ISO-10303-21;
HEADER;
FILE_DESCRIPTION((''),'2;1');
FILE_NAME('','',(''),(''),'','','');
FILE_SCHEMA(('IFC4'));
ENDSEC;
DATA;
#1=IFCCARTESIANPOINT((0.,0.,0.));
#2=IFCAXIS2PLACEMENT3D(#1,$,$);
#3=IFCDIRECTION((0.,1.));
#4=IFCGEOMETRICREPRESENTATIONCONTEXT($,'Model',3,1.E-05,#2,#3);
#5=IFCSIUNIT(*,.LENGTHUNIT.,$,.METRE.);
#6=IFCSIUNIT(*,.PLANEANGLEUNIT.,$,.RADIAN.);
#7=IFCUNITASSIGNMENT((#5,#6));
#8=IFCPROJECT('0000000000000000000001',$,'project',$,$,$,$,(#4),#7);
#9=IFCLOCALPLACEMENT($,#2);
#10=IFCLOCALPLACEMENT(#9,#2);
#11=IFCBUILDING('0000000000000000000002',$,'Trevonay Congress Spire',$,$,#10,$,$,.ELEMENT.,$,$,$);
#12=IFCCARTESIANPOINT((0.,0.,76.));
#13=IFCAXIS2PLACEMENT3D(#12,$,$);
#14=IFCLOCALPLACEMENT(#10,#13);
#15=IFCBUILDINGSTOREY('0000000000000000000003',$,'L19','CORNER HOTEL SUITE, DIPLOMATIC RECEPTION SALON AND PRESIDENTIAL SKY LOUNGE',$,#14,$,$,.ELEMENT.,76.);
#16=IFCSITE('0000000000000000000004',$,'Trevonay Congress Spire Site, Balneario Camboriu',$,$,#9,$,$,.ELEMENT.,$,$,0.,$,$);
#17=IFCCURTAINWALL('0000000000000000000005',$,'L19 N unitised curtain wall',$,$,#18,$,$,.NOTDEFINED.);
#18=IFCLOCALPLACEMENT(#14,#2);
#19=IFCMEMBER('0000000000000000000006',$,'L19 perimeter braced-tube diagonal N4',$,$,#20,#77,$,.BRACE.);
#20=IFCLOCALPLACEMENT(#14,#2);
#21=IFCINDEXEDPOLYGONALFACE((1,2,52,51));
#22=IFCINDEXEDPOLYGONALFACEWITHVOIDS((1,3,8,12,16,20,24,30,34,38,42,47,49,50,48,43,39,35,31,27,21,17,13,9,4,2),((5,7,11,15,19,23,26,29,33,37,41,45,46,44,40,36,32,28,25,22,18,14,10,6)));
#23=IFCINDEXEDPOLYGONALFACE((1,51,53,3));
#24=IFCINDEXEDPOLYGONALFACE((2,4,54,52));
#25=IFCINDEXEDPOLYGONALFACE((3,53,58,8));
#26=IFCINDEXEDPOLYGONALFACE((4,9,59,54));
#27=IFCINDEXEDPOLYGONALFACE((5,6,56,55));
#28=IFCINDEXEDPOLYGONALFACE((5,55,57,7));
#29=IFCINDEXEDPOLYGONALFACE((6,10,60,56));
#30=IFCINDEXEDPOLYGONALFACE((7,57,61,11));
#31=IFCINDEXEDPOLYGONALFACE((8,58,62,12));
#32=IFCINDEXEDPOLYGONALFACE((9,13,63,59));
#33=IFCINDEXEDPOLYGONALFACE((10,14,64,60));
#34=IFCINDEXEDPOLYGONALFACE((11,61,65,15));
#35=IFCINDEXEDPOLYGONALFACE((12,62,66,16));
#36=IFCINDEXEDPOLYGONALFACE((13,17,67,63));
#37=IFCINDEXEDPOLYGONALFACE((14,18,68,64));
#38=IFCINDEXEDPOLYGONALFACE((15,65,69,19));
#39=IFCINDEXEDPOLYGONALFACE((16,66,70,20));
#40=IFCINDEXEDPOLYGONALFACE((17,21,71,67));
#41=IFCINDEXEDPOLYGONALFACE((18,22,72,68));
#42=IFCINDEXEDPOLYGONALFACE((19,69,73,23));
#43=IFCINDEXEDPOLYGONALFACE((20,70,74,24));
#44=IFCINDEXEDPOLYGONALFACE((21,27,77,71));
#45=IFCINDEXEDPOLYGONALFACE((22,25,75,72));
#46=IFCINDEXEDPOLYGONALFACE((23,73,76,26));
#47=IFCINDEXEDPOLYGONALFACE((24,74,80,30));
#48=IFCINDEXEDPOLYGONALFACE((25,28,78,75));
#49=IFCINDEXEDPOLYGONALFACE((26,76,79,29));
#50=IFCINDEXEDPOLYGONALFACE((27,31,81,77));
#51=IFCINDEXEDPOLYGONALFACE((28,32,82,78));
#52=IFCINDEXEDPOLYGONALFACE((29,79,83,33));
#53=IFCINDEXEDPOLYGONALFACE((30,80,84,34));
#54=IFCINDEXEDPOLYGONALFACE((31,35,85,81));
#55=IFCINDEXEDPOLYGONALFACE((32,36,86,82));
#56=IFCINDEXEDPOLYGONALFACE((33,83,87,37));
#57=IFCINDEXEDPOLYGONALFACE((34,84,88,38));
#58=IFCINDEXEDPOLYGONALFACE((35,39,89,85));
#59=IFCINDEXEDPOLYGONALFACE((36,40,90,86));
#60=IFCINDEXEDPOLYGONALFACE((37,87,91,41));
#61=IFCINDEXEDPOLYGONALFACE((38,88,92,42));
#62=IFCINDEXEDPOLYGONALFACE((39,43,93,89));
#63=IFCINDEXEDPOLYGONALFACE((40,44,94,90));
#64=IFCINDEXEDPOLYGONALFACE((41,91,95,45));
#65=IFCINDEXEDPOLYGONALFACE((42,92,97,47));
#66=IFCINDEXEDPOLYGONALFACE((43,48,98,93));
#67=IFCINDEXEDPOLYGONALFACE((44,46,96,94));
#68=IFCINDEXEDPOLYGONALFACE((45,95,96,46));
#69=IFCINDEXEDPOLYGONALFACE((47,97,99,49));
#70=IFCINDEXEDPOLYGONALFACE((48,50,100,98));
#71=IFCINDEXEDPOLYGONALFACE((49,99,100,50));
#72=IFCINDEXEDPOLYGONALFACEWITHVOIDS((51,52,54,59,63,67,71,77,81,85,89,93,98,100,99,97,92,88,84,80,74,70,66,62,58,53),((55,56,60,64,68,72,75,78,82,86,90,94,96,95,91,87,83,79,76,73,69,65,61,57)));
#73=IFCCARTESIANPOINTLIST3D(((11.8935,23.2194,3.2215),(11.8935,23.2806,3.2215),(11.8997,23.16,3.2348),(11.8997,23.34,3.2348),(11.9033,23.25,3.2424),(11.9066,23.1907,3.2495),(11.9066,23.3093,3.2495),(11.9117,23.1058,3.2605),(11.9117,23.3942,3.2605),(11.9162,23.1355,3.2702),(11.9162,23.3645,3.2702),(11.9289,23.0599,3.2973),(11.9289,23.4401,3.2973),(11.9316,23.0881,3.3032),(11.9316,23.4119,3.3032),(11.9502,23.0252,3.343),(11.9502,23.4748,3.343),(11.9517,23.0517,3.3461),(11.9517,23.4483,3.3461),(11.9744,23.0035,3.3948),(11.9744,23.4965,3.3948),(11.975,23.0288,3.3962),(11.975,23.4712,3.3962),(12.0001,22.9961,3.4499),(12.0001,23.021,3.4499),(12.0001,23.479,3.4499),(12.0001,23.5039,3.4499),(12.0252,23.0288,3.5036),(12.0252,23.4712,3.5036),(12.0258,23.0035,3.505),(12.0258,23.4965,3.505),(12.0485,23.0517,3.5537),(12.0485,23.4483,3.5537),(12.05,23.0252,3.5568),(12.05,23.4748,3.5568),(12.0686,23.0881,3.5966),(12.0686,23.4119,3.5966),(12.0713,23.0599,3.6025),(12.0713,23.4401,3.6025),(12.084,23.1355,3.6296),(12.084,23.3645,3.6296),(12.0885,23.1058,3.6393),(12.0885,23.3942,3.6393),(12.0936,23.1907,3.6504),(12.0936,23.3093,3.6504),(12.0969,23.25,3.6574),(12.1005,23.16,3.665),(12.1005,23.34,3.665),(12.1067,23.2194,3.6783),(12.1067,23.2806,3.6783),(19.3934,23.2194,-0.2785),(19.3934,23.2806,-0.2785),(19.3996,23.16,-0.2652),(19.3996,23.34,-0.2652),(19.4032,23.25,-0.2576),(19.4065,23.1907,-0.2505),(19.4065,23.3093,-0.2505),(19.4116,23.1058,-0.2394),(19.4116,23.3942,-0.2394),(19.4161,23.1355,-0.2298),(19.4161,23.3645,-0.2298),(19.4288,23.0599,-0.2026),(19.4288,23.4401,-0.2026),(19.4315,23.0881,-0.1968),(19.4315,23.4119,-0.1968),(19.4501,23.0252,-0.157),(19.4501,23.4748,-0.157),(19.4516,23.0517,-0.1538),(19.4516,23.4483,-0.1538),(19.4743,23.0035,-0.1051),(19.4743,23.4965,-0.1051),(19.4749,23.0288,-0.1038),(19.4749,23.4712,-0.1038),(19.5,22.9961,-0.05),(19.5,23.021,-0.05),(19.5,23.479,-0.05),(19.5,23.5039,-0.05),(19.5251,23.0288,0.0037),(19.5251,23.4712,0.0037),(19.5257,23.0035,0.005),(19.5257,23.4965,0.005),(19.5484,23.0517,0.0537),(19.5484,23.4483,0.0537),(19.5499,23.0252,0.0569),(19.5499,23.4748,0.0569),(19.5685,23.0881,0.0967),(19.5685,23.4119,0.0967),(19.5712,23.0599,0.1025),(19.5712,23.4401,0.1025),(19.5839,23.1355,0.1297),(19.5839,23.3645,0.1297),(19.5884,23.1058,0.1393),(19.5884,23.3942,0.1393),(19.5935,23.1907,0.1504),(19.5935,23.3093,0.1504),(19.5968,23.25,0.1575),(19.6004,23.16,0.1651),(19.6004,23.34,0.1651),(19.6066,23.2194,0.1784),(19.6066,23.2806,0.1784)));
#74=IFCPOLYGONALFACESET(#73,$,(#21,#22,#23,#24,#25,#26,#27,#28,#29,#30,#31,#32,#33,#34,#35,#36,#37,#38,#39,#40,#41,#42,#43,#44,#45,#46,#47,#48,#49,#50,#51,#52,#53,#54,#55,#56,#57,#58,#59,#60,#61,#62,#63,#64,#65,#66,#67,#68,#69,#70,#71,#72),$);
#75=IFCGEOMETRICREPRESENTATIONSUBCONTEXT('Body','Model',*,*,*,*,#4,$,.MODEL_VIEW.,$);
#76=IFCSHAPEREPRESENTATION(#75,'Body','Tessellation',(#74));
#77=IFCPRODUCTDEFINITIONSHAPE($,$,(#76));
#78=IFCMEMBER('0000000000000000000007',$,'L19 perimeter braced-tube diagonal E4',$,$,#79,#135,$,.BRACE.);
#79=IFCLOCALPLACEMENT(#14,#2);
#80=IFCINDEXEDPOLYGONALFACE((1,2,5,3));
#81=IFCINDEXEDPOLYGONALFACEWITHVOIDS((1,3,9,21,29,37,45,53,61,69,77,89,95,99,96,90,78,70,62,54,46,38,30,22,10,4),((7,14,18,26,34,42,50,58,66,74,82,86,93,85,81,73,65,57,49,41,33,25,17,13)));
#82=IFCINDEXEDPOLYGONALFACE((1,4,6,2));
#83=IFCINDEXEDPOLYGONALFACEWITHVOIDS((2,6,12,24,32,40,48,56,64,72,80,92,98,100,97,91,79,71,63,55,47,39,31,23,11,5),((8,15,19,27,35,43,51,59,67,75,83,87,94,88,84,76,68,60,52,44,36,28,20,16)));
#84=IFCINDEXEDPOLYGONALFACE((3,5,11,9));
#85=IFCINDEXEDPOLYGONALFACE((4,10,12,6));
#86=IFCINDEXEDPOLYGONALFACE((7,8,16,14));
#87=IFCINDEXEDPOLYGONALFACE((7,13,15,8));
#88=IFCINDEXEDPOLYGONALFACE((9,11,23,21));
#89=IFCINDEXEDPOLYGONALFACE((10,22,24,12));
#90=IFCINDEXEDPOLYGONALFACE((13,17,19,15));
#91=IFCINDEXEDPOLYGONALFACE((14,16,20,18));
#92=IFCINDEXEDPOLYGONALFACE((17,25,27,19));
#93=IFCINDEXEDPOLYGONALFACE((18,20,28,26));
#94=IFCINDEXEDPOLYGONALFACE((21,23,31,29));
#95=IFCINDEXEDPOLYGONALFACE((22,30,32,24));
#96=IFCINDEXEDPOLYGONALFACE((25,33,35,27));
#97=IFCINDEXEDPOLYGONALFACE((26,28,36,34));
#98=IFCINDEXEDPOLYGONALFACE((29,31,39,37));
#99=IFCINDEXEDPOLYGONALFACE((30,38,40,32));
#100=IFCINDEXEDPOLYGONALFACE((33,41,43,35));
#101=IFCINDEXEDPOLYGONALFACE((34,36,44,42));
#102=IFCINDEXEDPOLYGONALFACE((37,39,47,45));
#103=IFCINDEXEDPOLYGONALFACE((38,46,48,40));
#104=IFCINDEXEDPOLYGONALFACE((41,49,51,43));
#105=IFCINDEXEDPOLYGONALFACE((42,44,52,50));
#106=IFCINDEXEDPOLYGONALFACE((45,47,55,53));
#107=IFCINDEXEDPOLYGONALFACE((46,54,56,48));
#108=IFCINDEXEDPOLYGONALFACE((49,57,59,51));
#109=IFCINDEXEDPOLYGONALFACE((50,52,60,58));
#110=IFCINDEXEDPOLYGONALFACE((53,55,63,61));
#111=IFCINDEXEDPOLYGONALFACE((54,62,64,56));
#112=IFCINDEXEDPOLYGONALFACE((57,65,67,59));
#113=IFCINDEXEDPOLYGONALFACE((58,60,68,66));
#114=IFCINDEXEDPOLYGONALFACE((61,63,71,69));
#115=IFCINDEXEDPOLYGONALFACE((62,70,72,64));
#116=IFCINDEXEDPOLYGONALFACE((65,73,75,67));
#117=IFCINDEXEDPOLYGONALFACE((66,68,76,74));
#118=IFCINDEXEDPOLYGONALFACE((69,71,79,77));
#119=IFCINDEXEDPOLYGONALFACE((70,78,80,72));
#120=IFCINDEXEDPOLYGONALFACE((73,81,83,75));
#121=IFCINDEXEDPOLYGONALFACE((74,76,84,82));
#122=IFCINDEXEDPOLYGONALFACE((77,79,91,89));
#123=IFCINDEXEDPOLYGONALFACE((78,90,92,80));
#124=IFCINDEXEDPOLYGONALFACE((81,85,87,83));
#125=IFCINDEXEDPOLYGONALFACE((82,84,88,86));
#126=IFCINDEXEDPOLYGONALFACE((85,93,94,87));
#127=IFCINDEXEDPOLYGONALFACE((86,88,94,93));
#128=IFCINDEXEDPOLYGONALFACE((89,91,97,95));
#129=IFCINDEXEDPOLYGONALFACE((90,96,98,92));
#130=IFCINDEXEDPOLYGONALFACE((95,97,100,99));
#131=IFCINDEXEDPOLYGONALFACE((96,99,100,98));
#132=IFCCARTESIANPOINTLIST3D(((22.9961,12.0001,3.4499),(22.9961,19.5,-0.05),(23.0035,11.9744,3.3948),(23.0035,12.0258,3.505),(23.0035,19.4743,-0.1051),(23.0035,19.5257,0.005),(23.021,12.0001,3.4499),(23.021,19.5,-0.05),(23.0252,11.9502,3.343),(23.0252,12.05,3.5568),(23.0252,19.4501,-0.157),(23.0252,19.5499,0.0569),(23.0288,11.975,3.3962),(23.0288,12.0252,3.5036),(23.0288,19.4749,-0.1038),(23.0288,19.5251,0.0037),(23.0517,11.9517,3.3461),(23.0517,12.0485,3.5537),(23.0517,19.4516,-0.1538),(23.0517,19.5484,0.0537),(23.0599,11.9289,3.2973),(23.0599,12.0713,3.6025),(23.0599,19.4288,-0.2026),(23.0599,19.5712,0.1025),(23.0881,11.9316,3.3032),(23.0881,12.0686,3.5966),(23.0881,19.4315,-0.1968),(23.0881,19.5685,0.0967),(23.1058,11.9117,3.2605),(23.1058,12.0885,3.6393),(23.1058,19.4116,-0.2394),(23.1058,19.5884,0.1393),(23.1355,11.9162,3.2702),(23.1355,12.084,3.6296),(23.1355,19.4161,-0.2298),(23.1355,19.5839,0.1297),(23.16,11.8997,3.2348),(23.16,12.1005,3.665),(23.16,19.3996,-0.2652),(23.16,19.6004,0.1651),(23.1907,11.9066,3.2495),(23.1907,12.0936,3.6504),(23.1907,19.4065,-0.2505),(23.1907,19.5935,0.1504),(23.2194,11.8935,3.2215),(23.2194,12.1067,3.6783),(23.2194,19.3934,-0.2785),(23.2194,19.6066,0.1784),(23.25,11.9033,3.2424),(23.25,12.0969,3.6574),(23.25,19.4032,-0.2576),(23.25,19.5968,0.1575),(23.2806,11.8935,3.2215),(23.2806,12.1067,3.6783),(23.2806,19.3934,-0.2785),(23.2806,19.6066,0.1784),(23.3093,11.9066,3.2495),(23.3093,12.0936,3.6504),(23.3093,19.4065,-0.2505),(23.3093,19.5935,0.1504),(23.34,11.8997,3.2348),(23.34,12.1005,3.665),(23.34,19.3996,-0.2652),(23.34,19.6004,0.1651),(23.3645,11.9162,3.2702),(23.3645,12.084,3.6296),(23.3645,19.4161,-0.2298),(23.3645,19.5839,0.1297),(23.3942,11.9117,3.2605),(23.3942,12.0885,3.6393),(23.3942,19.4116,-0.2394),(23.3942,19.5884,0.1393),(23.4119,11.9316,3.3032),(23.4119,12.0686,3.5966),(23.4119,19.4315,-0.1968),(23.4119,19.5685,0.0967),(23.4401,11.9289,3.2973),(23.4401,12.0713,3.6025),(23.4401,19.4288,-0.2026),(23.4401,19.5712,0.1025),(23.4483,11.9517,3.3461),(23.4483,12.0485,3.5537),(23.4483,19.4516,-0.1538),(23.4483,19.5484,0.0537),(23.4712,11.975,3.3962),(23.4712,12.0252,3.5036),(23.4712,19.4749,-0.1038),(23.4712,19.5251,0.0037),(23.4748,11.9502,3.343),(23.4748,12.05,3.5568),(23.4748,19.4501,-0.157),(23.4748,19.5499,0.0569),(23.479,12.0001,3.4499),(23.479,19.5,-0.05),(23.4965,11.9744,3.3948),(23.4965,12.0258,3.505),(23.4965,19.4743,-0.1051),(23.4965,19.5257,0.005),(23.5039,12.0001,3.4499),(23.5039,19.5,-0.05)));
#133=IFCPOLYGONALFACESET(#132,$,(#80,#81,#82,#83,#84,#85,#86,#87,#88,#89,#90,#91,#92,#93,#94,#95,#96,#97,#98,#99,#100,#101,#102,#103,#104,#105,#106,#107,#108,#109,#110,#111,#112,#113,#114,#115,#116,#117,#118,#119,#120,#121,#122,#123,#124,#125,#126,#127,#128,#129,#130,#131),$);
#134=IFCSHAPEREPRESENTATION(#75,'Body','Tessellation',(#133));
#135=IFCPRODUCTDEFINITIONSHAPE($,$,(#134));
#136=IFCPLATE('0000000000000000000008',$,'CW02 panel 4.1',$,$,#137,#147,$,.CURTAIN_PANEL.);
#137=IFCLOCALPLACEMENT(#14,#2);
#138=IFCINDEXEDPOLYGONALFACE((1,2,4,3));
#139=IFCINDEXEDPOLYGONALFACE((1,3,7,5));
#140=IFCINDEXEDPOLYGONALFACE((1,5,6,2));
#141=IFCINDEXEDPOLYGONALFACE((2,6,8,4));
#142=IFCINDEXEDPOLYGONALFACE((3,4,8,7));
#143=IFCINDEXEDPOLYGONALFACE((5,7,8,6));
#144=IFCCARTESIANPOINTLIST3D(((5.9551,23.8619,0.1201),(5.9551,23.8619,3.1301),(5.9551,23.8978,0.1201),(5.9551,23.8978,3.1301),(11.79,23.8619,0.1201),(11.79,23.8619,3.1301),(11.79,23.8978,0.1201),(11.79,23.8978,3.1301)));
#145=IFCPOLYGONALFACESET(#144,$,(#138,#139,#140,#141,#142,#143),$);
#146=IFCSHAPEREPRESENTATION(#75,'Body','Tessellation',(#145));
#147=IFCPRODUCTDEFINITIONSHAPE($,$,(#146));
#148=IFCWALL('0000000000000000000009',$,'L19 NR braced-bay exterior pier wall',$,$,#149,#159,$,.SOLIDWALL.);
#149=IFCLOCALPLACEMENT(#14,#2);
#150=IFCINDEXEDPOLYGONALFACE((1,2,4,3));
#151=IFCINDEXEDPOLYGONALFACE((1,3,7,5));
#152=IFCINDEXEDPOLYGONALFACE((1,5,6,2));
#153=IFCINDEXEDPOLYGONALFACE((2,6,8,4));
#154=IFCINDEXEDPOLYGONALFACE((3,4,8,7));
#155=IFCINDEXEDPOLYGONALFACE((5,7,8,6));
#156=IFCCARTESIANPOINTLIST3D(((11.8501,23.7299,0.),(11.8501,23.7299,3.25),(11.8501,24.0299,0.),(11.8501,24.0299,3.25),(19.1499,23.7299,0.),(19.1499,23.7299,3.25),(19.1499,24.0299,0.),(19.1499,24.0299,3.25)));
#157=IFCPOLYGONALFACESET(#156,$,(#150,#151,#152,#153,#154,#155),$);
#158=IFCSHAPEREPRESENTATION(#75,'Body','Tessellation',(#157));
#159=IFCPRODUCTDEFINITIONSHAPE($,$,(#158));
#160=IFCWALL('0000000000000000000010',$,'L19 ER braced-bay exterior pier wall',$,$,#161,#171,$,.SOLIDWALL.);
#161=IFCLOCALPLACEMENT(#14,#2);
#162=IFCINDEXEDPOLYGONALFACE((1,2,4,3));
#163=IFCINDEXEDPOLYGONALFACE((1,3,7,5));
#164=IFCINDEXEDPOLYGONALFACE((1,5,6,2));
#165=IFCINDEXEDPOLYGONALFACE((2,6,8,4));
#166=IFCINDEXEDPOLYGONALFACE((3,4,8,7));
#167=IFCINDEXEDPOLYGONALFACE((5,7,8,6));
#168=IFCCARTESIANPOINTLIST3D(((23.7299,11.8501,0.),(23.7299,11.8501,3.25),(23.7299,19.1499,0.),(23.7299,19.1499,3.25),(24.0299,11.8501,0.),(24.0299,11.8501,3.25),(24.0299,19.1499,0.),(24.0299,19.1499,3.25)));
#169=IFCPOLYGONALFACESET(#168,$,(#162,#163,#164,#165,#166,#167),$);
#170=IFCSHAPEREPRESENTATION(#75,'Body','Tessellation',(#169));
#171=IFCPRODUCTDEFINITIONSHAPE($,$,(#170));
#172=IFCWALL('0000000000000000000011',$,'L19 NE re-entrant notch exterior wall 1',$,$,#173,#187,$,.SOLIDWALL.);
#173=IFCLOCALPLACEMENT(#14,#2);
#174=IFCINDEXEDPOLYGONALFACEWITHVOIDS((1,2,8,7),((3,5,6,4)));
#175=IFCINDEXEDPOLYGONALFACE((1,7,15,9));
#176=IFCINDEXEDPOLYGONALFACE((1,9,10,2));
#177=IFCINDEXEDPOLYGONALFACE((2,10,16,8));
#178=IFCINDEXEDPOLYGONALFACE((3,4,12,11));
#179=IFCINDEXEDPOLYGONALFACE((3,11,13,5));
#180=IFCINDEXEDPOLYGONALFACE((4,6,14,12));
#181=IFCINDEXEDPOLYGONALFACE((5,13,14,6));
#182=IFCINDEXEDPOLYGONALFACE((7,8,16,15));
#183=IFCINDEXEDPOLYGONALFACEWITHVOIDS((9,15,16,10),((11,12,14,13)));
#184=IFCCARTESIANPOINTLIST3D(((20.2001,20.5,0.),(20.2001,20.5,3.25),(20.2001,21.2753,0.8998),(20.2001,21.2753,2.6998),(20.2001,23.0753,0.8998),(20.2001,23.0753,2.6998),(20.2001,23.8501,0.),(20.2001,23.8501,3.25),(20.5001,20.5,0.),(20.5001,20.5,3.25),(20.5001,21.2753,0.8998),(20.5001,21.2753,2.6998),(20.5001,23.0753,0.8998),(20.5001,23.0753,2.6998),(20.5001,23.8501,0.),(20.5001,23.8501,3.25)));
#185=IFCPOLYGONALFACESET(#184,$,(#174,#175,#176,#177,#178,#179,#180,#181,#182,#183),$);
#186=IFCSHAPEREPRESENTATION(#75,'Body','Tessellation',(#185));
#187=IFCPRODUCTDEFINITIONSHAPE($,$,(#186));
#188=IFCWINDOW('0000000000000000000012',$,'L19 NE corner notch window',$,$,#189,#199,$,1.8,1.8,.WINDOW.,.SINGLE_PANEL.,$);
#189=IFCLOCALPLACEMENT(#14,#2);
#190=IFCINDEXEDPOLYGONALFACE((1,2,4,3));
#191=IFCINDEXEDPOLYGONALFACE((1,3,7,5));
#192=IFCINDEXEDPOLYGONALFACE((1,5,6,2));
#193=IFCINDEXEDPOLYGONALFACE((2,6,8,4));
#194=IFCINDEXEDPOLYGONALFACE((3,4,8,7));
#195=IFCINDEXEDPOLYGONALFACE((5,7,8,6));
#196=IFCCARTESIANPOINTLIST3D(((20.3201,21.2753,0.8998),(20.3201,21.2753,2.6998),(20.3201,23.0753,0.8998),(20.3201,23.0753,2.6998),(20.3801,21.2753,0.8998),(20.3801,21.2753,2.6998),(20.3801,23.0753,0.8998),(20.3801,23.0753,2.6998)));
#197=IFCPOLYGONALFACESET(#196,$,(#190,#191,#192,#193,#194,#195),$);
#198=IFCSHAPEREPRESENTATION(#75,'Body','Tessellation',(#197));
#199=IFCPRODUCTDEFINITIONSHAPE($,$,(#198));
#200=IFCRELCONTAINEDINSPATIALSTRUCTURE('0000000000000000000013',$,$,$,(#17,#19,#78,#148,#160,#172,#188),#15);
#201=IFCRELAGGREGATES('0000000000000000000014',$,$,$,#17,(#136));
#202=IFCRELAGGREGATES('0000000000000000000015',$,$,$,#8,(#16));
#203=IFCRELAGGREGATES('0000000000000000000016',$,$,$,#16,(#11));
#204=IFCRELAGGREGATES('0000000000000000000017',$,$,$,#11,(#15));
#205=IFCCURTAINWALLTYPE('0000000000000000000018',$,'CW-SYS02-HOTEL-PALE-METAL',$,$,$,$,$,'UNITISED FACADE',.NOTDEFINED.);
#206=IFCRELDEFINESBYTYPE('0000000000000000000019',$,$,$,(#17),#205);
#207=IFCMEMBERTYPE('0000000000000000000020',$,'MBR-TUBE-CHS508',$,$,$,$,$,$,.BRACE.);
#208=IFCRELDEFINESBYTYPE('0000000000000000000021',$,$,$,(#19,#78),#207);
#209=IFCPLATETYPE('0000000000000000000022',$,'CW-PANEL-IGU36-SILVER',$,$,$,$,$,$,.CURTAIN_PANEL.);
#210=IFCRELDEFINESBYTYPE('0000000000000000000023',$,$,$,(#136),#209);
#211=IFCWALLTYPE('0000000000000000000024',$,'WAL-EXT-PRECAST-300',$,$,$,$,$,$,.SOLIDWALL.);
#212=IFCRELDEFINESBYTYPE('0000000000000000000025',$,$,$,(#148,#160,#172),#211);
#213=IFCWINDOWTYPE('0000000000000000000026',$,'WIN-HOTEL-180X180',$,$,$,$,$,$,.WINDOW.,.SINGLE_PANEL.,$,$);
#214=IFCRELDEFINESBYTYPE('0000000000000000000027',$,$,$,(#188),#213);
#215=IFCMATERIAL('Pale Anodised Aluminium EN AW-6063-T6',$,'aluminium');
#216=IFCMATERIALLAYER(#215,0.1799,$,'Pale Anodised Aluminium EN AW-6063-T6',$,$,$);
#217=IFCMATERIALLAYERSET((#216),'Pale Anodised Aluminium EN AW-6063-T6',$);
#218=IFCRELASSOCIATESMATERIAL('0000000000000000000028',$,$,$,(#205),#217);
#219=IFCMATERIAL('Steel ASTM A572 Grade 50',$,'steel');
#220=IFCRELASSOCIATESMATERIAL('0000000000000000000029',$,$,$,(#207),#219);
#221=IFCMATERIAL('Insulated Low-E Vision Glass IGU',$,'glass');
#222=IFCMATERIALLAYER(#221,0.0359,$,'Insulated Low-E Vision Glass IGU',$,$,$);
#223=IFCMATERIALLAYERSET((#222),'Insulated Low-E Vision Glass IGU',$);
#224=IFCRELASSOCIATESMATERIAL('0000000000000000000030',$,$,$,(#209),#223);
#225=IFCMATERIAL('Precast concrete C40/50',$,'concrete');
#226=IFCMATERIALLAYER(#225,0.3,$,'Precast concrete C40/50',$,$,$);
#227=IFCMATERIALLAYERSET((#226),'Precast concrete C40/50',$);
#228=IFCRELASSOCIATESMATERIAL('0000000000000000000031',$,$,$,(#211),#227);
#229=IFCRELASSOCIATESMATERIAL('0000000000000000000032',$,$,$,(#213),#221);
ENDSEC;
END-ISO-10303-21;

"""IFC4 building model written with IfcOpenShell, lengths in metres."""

from ifc_helpers import new_model, si_unit, direction, frame, frame_2d, origin, origin_2d, place, context, subcontext, project, spatial, rectangle, hollow_circle, extrude, material, layer, layer_set, material_profile, profile_set, type_object, element, fill, aggregate, save


model = new_model("IFC4")

# Units and contexts
model_context = context("Model", 3, precision=1e-05, world=origin(), true_north=direction((0.0, 1.0)))
body_context = subcontext(model_context, "Body", "Model", "MODEL_VIEW")
ifc_project = project(units=[si_unit("LENGTHUNIT", "METRE"), si_unit("PLANEANGLEUNIT", "RADIAN")], contexts=[model_context])

# Site, building, storey
site_placement = place(None, origin())
site = spatial("IfcSite", under=ifc_project, at=site_placement, Name="Trevonay Congress Spire Site, Balneario Camboriu", CompositionType="ELEMENT", RefElevation=0.0)
building_placement = place(site_placement, origin())
building = spatial("IfcBuilding", under=site, at=building_placement, Name="Trevonay Congress Spire", CompositionType="ELEMENT")
storey_placement = place(building_placement, frame((0.0, 0.0, 76.0)))
storey = spatial("IfcBuildingStorey", under=building, at=storey_placement, Name="L19", Description="CORNER HOTEL SUITE, DIPLOMATIC RECEPTION SALON AND PRESIDENTIAL SKY LOUNGE", CompositionType="ELEMENT", Elevation=76.0)

# Shared definitions
ifc_material_1 = material(Name="Steel ASTM A572 Grade 50", Category="steel")

# Curtain wall
ifc_material_2 = material(Name="Pale Anodised Aluminium EN AW-6063-T6", Category="aluminium")
ifc_layer_1 = layer(ifc_material_2, 0.1799, Name="Pale Anodised Aluminium EN AW-6063-T6")
ifc_layer_set_1 = layer_set([ifc_layer_1], Name="Pale Anodised Aluminium EN AW-6063-T6")
curtain_wall_type = type_object("IfcCurtainWallType", Name="CW-SYS02-HOTEL-PALE-METAL", ElementType="UNITISED FACADE", PredefinedType="NOTDEFINED", material=ifc_layer_set_1)
curtain_wall_1_placement = place(storey_placement, origin())
curtain_wall_1 = element("IfcCurtainWall", 1, at=curtain_wall_1_placement, inside=storey, type_object=curtain_wall_type, Name="L19 N unitised curtain wall", PredefinedType="NOTDEFINED")

# Members
ifc_material_profile_1 = material_profile(ifc_material_1, hollow_circle(Radius=0.2539, WallThickness=0.0249, at=origin_2d()), Name="CHS 508x25")
ifc_profile_set_1 = profile_set([ifc_material_profile_1], Name="Steel ASTM A572 Grade 50")
member_type_1 = type_object("IfcMemberType", Name="MBR-TUBE-CHS508", PredefinedType="BRACE", material=ifc_profile_set_1)
for number, where, z_axis, x_axis, name in (
    (2, (19.5, 23.25, -0.05), (-0.906183, 0.0, 0.422885), (0.0, -1.0, 0.0), "L19 perimeter braced-tube diagonal N4"),
    (3, (23.25, 19.5, -0.05), (0.0, -0.906183, 0.422885), (1.0, 0.0, 0.0), "L19 perimeter braced-tube diagonal E4"),
):
    element("IfcMember", number, at=place(storey_placement, frame(where, z_axis=z_axis, x_axis=x_axis)), inside=storey, type_object=member_type_1, Name=name, PredefinedType="BRACE", context=body_context, shape_type="SweptSolid", body=[
        extrude(hollow_circle(Radius=0.2539, WallThickness=0.0249, at=origin_2d()), origin(), (0.0, 0.0, 1.0), 8.2764),
    ])

# Plate
ifc_material_3 = material(Name="Insulated Low-E Vision Glass IGU", Category="glass")
ifc_layer_2 = layer(ifc_material_3, 0.0359, Name="Insulated Low-E Vision Glass IGU")
ifc_layer_set_2 = layer_set([ifc_layer_2], Name="Insulated Low-E Vision Glass IGU")
plate_type = type_object("IfcPlateType", Name="CW-PANEL-IGU36-SILVER", PredefinedType="CURTAIN_PANEL", material=ifc_layer_set_2)
plate_placement = place(storey_placement, frame((8.8726, 23.8799, 0.1201), z_axis=(0.0, 0.0, 1.0), x_axis=(1.0, 0.0, 0.0)))
plate = element("IfcPlate", 4, at=plate_placement, type_object=plate_type, Name="CW02 panel 4.1", PredefinedType="CURTAIN_PANEL", context=body_context, shape_type="SweptSolid", body=[
    extrude(rectangle(XDim=5.835, YDim=0.0359, at=origin_2d()), origin(), (0.0, 0.0, 1.0), 3.01),
])
aggregate(curtain_wall_1, [plate])

# Walls
ifc_material_4 = material(Name="Precast concrete C40/50", Category="concrete")
ifc_layer_3 = layer(ifc_material_4, 0.3, Name="Precast concrete C40/50")
ifc_layer_set_3 = layer_set([ifc_layer_3], Name="Precast concrete C40/50")
wall_type_1 = type_object("IfcWallType", Name="WAL-EXT-PRECAST-300", PredefinedType="SOLIDWALL", material=ifc_layer_set_3)
for number, where, z_axis, x_axis, name in (
    (5, (11.8501, 23.8799, 0.0), (0.0, 0.0, 1.0), (1.0, 0.0, 0.0), "L19 NR braced-bay exterior pier wall"),
    (6, (23.8799, 11.8501, 0.0), (0.0, 0.0, 1.0), (0.0, 1.0, 0.0), "L19 ER braced-bay exterior pier wall"),
):
    element("IfcWall", number, at=place(storey_placement, frame(where, z_axis=z_axis, x_axis=x_axis)), inside=storey, type_object=wall_type_1, Name=name, PredefinedType="SOLIDWALL", context=body_context, shape_type="SweptSolid", body=[
        extrude(rectangle(XDim=7.2998, YDim=0.3, at=frame_2d((3.6499, 0.0))), origin(), (0.0, 0.0, 1.0), 3.25),
    ])

# Wall, opening, window
wall_1_placement = place(storey_placement, frame((20.3501, 23.8501, 0.0), z_axis=(0.0, 0.0, 1.0), x_axis=(0.0, -1.0, 0.0)))
wall_1 = element("IfcWall", 7, at=wall_1_placement, inside=storey, type_object=wall_type_1, Name="L19 NE re-entrant notch exterior wall 1", PredefinedType="SOLIDWALL", context=body_context, shape_type="SweptSolid", body=[
    extrude(rectangle(XDim=3.3501, YDim=0.3, at=frame_2d((1.675, 0.0))), origin(), (0.0, 0.0, 1.0), 3.25),
])
opening_placement = place(wall_1_placement, frame((0.7749, 0.0, 0.8999)))
opening = element("IfcOpeningElement", 8, at=opening_placement, cuts=wall_1, PredefinedType="OPENING", context=body_context, shape_type="SweptSolid", body=[
    extrude(rectangle(XDim=1.8, YDim=1.8, at=frame_2d((0.8999, 0.8999))), frame((0.0, 0.1602, 0.0), z_axis=(0.0, -1.0, 0.0), x_axis=(1.0, 0.0, 0.0)), (0.0, 0.0, 1.0), 0.3201),
])
window_type = type_object("IfcWindowType", Name="WIN-HOTEL-180X180", PartitioningType="SINGLE_PANEL", PredefinedType="WINDOW", material=ifc_material_3)
window_placement = place(opening_placement, origin())
window = element("IfcWindow", 9, at=window_placement, inside=storey, type_object=window_type, Name="L19 NE corner notch window", OverallHeight=1.8, OverallWidth=1.8, PartitioningType="SINGLE_PANEL", PredefinedType="WINDOW", context=body_context, shape_type="SweptSolid", body=[
    extrude(rectangle(XDim=1.8, YDim=1.8, at=frame_2d((0.8999, 0.8999))), frame((0.0, 0.03, 0.0), z_axis=(0.0, -1.0, 0.0), x_axis=(1.0, 0.0, 0.0)), (0.0, 0.0, 1.0), 0.0601),
])
fill(opening, window)

save(model, "model.ifc")
